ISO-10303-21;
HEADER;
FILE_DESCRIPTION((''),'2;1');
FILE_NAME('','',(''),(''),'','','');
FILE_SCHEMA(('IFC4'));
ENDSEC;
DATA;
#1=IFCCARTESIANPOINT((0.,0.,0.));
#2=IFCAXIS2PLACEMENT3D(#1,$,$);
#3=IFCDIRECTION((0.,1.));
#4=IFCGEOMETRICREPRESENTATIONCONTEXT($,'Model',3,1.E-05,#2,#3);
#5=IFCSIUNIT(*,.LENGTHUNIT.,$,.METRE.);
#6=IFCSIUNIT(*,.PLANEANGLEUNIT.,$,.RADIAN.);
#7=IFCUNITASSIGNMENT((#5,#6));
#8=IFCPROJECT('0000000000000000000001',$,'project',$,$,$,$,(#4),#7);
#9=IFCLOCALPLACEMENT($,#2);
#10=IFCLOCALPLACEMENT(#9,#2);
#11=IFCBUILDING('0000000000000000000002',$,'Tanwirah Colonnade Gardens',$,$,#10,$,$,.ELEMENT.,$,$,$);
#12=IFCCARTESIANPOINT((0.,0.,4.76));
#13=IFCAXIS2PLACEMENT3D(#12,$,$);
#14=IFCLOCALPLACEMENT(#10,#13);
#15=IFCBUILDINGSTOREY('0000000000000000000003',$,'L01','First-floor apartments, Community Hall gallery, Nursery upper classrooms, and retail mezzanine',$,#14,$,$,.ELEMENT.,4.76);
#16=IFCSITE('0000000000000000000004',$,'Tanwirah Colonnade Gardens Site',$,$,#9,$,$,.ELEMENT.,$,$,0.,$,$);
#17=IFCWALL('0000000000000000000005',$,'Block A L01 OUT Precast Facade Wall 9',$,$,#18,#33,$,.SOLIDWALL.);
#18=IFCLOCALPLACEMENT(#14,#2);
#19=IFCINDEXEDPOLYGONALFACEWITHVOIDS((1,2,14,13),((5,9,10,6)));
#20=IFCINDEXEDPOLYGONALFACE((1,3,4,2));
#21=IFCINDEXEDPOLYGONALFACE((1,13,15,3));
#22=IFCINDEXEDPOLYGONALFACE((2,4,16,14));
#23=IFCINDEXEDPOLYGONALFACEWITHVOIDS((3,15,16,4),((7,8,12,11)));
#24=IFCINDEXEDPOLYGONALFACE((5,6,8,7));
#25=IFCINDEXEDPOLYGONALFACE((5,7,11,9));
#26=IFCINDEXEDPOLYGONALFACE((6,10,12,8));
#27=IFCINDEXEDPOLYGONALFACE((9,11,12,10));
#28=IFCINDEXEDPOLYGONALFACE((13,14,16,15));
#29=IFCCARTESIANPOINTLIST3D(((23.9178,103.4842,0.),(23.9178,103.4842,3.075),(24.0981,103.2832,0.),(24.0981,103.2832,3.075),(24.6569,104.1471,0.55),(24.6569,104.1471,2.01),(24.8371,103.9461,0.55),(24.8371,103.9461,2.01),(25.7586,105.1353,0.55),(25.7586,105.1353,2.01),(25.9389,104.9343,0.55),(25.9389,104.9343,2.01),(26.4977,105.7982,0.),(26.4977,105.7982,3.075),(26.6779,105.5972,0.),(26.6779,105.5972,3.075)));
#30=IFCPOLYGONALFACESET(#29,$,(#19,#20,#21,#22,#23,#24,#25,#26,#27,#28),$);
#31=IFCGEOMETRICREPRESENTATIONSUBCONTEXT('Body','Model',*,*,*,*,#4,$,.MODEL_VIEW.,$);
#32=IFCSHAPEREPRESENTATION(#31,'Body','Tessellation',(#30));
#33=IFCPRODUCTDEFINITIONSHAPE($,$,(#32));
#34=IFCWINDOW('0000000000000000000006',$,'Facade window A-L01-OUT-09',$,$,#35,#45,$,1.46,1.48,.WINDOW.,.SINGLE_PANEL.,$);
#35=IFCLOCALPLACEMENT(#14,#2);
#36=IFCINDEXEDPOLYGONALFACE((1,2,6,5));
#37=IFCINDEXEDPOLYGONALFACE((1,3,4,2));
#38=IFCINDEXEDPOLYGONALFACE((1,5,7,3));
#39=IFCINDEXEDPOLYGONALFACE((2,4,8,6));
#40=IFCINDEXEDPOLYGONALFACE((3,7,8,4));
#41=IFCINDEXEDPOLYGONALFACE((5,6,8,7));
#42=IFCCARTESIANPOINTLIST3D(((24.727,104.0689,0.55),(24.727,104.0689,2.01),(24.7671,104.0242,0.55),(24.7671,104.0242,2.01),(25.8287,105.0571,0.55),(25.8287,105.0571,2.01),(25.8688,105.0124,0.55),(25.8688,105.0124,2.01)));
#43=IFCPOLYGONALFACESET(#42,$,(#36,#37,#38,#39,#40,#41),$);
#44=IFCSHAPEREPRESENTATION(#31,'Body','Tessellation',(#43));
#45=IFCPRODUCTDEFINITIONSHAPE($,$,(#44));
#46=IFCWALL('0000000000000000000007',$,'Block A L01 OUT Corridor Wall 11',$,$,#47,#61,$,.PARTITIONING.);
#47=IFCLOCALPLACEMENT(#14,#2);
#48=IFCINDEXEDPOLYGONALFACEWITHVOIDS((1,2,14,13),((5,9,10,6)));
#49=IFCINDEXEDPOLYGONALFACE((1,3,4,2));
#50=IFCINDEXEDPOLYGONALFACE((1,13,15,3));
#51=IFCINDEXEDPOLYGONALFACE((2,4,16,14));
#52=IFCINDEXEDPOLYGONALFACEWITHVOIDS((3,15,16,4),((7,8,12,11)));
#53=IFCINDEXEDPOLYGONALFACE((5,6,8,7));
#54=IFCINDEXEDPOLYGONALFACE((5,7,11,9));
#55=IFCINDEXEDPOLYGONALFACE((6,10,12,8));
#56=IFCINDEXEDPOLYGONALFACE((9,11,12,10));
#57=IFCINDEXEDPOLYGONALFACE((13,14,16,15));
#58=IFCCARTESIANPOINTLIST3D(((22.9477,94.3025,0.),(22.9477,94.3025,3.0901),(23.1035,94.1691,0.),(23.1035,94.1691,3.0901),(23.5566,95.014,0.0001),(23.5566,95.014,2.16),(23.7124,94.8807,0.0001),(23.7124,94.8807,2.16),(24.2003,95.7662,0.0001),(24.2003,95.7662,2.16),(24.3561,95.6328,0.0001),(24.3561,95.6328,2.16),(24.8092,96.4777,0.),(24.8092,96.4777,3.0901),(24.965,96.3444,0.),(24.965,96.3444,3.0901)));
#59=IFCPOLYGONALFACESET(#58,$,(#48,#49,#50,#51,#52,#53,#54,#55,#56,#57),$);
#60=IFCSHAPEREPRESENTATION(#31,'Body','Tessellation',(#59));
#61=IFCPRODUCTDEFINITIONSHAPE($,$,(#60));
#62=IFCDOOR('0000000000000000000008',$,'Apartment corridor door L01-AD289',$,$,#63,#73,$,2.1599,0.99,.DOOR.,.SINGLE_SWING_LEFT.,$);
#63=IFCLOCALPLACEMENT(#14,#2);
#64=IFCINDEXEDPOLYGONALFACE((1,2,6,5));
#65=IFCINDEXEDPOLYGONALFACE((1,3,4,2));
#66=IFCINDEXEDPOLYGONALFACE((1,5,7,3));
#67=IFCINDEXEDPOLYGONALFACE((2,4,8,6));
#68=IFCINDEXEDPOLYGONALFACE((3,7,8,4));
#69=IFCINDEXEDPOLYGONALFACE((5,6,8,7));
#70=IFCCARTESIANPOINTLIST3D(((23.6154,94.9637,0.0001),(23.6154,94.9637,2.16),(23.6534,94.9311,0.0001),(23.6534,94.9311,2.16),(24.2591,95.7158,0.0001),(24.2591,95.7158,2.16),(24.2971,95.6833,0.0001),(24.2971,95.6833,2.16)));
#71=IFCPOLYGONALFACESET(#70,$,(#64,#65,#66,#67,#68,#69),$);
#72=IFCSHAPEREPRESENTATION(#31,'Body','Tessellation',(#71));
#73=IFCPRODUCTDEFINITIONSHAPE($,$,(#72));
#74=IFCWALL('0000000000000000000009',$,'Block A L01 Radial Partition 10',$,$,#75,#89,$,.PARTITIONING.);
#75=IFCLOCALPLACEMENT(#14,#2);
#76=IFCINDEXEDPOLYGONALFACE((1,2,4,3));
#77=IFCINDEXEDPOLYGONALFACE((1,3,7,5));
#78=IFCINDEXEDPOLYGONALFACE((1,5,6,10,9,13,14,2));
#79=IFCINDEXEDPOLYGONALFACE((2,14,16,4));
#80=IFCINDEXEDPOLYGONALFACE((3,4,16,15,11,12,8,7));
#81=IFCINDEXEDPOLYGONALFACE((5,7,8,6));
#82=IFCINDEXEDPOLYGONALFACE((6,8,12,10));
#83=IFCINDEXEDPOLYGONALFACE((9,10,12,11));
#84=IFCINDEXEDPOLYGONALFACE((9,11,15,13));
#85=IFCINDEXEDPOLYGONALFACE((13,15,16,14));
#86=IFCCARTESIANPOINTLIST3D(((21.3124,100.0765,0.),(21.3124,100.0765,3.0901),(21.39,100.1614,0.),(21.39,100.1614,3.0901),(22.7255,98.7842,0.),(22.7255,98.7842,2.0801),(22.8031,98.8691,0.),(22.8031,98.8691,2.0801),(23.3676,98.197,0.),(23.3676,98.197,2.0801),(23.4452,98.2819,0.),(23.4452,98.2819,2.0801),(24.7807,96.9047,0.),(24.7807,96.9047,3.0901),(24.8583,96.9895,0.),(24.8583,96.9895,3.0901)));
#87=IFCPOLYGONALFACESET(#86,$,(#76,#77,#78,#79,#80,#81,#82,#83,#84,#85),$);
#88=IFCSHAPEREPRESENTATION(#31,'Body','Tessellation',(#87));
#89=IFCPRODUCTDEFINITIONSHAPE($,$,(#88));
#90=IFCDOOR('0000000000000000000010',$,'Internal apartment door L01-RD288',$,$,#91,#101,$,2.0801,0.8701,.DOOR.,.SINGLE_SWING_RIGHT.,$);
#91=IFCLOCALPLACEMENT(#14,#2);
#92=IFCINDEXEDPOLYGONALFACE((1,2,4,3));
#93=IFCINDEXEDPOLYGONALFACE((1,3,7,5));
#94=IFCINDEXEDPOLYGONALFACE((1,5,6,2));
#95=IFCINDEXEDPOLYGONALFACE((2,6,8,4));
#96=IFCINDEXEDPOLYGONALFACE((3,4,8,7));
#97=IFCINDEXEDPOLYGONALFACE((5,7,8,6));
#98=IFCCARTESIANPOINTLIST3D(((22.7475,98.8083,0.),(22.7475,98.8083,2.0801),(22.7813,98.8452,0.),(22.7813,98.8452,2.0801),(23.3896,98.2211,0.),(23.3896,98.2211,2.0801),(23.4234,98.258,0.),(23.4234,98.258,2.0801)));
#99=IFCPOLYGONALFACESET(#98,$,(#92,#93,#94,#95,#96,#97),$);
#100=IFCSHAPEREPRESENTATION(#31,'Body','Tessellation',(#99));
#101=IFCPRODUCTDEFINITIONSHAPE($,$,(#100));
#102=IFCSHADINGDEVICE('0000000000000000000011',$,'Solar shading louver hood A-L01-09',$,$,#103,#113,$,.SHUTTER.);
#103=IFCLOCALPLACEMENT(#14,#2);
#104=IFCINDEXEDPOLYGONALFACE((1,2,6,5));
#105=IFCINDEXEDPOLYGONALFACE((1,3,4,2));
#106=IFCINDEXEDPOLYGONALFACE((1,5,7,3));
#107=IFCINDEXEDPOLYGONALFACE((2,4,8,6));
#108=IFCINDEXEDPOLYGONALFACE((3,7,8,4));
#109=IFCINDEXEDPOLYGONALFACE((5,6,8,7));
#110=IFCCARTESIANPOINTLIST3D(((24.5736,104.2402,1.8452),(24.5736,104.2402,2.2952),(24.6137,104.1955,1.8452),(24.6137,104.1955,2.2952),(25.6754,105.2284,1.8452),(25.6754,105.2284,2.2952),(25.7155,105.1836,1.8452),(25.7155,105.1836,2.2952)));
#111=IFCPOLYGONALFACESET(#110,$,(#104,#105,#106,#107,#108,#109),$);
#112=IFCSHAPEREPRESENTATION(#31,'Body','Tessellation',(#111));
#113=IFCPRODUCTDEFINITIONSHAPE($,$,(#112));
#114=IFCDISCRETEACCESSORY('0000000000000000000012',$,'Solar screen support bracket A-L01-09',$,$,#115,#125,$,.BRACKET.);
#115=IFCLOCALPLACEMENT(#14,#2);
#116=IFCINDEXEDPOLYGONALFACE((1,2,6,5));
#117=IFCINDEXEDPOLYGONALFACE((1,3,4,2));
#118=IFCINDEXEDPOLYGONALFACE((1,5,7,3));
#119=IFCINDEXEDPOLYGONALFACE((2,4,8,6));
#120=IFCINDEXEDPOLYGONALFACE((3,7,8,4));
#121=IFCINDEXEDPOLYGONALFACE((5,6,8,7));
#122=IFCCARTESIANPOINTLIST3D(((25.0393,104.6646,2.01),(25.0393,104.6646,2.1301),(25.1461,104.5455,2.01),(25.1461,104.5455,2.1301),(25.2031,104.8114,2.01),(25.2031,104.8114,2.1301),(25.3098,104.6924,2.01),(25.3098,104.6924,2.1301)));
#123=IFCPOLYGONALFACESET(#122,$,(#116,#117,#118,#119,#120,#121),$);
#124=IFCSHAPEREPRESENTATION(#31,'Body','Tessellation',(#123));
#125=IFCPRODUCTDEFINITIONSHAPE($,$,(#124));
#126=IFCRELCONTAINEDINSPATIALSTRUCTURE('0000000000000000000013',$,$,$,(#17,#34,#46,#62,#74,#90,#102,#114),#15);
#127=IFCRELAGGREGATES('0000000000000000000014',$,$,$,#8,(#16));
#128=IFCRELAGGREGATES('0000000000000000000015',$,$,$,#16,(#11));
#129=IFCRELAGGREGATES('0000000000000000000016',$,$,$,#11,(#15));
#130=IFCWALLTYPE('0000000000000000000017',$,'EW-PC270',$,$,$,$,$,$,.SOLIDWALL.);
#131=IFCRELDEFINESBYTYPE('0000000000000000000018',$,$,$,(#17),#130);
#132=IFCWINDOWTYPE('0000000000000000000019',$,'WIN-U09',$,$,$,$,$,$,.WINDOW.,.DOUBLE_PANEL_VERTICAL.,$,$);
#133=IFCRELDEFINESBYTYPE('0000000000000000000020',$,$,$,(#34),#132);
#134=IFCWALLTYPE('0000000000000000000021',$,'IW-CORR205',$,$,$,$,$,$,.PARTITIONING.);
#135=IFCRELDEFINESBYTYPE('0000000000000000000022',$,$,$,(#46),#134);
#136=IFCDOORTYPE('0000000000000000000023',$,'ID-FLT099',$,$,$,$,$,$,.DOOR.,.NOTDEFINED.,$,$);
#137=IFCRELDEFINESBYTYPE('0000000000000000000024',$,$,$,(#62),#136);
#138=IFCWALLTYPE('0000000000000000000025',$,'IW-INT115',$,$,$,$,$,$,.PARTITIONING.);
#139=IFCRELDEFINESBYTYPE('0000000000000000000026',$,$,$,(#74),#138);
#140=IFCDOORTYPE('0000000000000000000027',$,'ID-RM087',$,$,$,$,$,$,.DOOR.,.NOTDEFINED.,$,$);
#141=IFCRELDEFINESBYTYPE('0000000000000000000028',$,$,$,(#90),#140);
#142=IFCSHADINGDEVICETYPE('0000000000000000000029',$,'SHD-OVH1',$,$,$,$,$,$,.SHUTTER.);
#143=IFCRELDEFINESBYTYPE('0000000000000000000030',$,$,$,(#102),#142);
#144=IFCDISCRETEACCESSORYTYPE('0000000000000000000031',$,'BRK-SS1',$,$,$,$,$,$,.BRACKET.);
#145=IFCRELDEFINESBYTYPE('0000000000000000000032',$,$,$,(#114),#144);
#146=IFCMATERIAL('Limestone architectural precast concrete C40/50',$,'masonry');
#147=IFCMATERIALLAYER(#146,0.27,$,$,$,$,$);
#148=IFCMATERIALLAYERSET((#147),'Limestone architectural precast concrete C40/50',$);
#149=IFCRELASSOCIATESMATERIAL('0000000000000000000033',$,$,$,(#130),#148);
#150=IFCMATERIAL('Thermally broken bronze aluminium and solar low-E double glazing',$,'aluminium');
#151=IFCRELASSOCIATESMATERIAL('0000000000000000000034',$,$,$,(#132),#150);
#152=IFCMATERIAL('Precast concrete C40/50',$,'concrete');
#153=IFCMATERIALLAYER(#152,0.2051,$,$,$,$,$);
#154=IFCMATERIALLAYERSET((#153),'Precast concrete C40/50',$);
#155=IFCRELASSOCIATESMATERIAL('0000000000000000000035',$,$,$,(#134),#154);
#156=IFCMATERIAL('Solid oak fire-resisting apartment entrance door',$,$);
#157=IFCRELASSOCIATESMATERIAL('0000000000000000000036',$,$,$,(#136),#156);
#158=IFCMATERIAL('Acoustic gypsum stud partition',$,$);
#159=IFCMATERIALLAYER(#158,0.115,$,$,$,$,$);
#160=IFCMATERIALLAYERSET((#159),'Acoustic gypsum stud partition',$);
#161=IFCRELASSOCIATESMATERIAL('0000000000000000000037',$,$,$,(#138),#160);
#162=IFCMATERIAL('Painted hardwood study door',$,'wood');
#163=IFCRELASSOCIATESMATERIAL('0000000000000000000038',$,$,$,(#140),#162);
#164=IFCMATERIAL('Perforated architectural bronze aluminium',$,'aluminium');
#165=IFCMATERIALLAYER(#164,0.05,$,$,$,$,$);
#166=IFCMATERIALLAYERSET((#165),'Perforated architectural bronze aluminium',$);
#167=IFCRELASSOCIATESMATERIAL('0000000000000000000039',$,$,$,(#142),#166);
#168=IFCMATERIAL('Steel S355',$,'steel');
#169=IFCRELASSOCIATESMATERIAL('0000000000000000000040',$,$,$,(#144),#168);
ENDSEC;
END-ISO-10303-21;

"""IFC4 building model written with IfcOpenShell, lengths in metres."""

from ifc_helpers import new_model, si_unit, direction, frame, frame_2d, origin, origin_2d, place, context, subcontext, project, spatial, rectangle, extrude, material, layer, layer_set, type_object, element, fill, save


model = new_model("IFC4")

# Units and contexts
model_context = context("Model", 3, precision=1e-05, world=origin(), true_north=direction((0.0, 1.0)))
body_context = subcontext(model_context, "Body", "Model", "MODEL_VIEW")
ifc_project = project(units=[si_unit("LENGTHUNIT", "METRE"), si_unit("PLANEANGLEUNIT", "RADIAN")], contexts=[model_context])

# Site, building, storey
site_placement = place(None, origin())
site = spatial("IfcSite", under=ifc_project, at=site_placement, Name="Tanwirah Colonnade Gardens Site", CompositionType="ELEMENT", RefElevation=0.0)
building_placement = place(site_placement, origin())
building = spatial("IfcBuilding", under=site, at=building_placement, Name="Tanwirah Colonnade Gardens", CompositionType="ELEMENT")
storey_placement = place(building_placement, frame((0.0, 0.0, 4.76)))
storey = spatial("IfcBuildingStorey", under=building, at=storey_placement, Name="L01", Description="First-floor apartments, Community Hall gallery, Nursery upper classrooms, and retail mezzanine", CompositionType="ELEMENT", Elevation=4.76)

# Shared definitions
ifc_material_1 = material(Name="Precast concrete C40/50", Category="concrete")

# Wall, opening, window
ifc_material_2 = material(Name="Limestone architectural precast concrete C40/50", Category="masonry")
ifc_layer_1 = layer(ifc_material_2, 0.27)
ifc_layer_set_1 = layer_set([ifc_layer_1], Name="Limestone architectural precast concrete C40/50")
wall_type_1 = type_object("IfcWallType", Name="EW-PC270", PredefinedType="SOLIDWALL", material=ifc_layer_set_1)
wall_1_placement = place(storey_placement, frame((26.5879, 105.6978, 0.0), z_axis=(0.0, 0.0, 1.0), x_axis=(-0.744425, -0.667707, 0.0)))
wall_1 = element("IfcWall", 1, at=wall_1_placement, inside=storey, type_object=wall_type_1, Name="Block A L01 OUT Precast Facade Wall 9", PredefinedType="SOLIDWALL", context=body_context, shape_type="SweptSolid", body=[
    extrude(rectangle(XDim=3.4656, YDim=0.27, at=frame_2d((1.7329, 0.0))), origin(), (0.0, 0.0, 1.0), 3.075),
])
opening_1_placement = place(wall_1_placement, frame((0.9929, 0.0, 0.55)))
opening_1 = element("IfcOpeningElement", 2, at=opening_1_placement, cuts=wall_1, PredefinedType="OPENING", context=body_context, shape_type="SweptSolid", body=[
    extrude(rectangle(XDim=1.48, YDim=1.46, at=frame_2d((0.74, 0.73))), frame((0.0, 0.145, 0.0), z_axis=(0.0, -1.0, 0.0), x_axis=(1.0, 0.0, 0.0)), (0.0, 0.0, 1.0), 0.29),
])
ifc_material_3 = material(Name="Thermally broken bronze aluminium and solar low-E double glazing", Category="aluminium")
window_type = type_object("IfcWindowType", Name="WIN-U09", PartitioningType="DOUBLE_PANEL_VERTICAL", PredefinedType="WINDOW", material=ifc_material_3)
window_placement = place(opening_1_placement, origin())
window = element("IfcWindow", 3, at=window_placement, inside=storey, type_object=window_type, Name="Facade window A-L01-OUT-09", OverallHeight=1.46, OverallWidth=1.48, PartitioningType="SINGLE_PANEL", PredefinedType="WINDOW", context=body_context, shape_type="SweptSolid", body=[
    extrude(rectangle(XDim=1.48, YDim=1.46, at=frame_2d((0.74, 0.73))), frame((0.0, 0.03, 0.0), z_axis=(0.0, -1.0, 0.0), x_axis=(1.0, 0.0, 0.0)), (0.0, 0.0, 1.0), 0.0601),
])
fill(opening_1, window)

# Walls, openings, doors
ifc_layer_2 = layer(ifc_material_1, 0.2051)
ifc_layer_set_2 = layer_set([ifc_layer_2], Name="Precast concrete C40/50")
wall_type_2 = type_object("IfcWallType", Name="IW-CORR205", PredefinedType="PARTITIONING", material=ifc_layer_set_2)
ifc_material_4 = material(Name="Solid oak fire-resisting apartment entrance door")
wall_2_placement = place(storey_placement, frame((24.8872, 96.4111, 0.0), z_axis=(0.0, 0.0, 1.0), x_axis=(-0.650194, -0.759768, 0.0)))
wall_2 = element("IfcWall", 4, at=wall_2_placement, inside=storey, type_object=wall_type_2, Name="Block A L01 OUT Corridor Wall 11", PredefinedType="PARTITIONING", context=body_context, shape_type="SweptSolid", body=[
    extrude(rectangle(XDim=2.863, YDim=0.2051, at=frame_2d((1.4316, 0.0))), origin(), (0.0, 0.0, 1.0), 3.0901),
])
opening_2_placement = place(wall_2_placement, frame((0.9365, 0.0, 0.0)))
opening_2 = element("IfcOpeningElement", 5, at=opening_2_placement, cuts=wall_2, PredefinedType="OPENING", context=body_context, shape_type="SweptSolid", body=[
    extrude(rectangle(XDim=0.99, YDim=2.1599, at=frame_2d((0.4951, 1.0801))), frame((0.0, 0.1125, 0.0), z_axis=(0.0, -1.0, 0.0), x_axis=(1.0, 0.0, 0.0)), (0.0, 0.0, 1.0), 0.2251),
])
door_type_1 = type_object("IfcDoorType", Name="ID-FLT099", OperationType="NOTDEFINED", PredefinedType="DOOR", material=ifc_material_4)
door_1_placement = place(opening_2_placement, origin())
door_1 = element("IfcDoor", 6, at=door_1_placement, inside=storey, type_object=door_type_1, Name="Apartment corridor door L01-AD289", OperationType="SINGLE_SWING_LEFT", OverallHeight=2.1599, OverallWidth=0.99, PredefinedType="DOOR", context=body_context, shape_type="SweptSolid", body=[
    extrude(rectangle(XDim=0.99, YDim=2.1599, at=frame_2d((0.4951, 1.0801))), frame((0.0, 0.0249, 0.0), z_axis=(0.0, -1.0, 0.0), x_axis=(1.0, 0.0, 0.0)), (0.0, 0.0, 1.0), 0.05),
])
fill(opening_2, door_1)
ifc_material_5 = material(Name="Acoustic gypsum stud partition")
ifc_layer_3 = layer(ifc_material_5, 0.115)
ifc_layer_set_3 = layer_set([ifc_layer_3], Name="Acoustic gypsum stud partition")
wall_type_3 = type_object("IfcWallType", Name="IW-INT115", PredefinedType="PARTITIONING", material=ifc_layer_set_3)
wall_3_placement = place(storey_placement, frame((24.8196, 96.947, 0.0), z_axis=(0.0, 0.0, 1.0), x_axis=(-0.737934, 0.674873, 0.0)))
wall_3 = element("IfcWall", 7, at=wall_3_placement, inside=storey, type_object=wall_type_3, Name="Block A L01 Radial Partition 10", PredefinedType="PARTITIONING", context=body_context, shape_type="SweptSolid", body=[
    extrude(rectangle(XDim=4.7, YDim=0.115, at=frame_2d((2.3501, 0.0))), origin(), (0.0, 0.0, 1.0), 3.0901),
])
opening_3_placement = place(wall_3_placement, frame((1.915, 0.0, 0.0)))
opening_3 = element("IfcOpeningElement", 8, at=opening_3_placement, cuts=wall_3, PredefinedType="OPENING", context=body_context, shape_type="SweptSolid", body=[
    extrude(rectangle(XDim=0.8701, YDim=2.0801, at=frame_2d((0.4351, 1.04))), frame((0.0, 0.0674, 0.0), z_axis=(0.0, -1.0, 0.0), x_axis=(1.0, 0.0, 0.0)), (0.0, 0.0, 1.0), 0.135),
])
ifc_material_6 = material(Name="Painted hardwood study door", Category="wood")
door_type_2 = type_object("IfcDoorType", Name="ID-RM087", OperationType="NOTDEFINED", PredefinedType="DOOR", material=ifc_material_6)
door_2_placement = place(opening_3_placement, origin())
door_2 = element("IfcDoor", 9, at=door_2_placement, inside=storey, type_object=door_type_2, Name="Internal apartment door L01-RD288", OperationType="SINGLE_SWING_RIGHT", OverallHeight=2.0801, OverallWidth=0.8701, PredefinedType="DOOR", context=body_context, shape_type="SweptSolid", body=[
    extrude(rectangle(XDim=0.8701, YDim=2.0801, at=frame_2d((0.4351, 1.04))), frame((0.0, 0.0249, 0.0), z_axis=(0.0, -1.0, 0.0), x_axis=(1.0, 0.0, 0.0)), (0.0, 0.0, 1.0), 0.05),
])
fill(opening_3, door_2)

# Shading device
ifc_material_7 = material(Name="Perforated architectural bronze aluminium", Category="aluminium")
ifc_layer_4 = layer(ifc_material_7, 0.05)
ifc_layer_set_4 = layer_set([ifc_layer_4], Name="Perforated architectural bronze aluminium")
shading_device_type = type_object("IfcShadingDeviceType", Name="SHD-OVH1", PredefinedType="SHUTTER", material=ifc_layer_set_4)
shading_device_placement = place(storey_placement, frame((25.1445, 104.7119, 1.8452), z_axis=(0.0, 0.0, 1.0), x_axis=(-0.744442, -0.667687, 0.0)))
element("IfcShadingDevice", 10, at=shading_device_placement, inside=storey, type_object=shading_device_type, Name="Solar shading louver hood A-L01-09", PredefinedType="SHUTTER", context=body_context, shape_type="SweptSolid", body=[
    extrude(rectangle(XDim=1.48, YDim=0.0601, at=origin_2d()), origin(), (0.0, 0.0, 1.0), 0.45),
])

# Discrete accessory
ifc_material_8 = material(Name="Steel S355", Category="steel")
discrete_accessory_type = type_object("IfcDiscreteAccessoryType", Name="BRK-SS1", PredefinedType="BRACKET", material=ifc_material_8)
discrete_accessory_placement = place(storey_placement, frame((25.1746, 104.6785, 2.01), z_axis=(0.0, 0.0, 1.0), x_axis=(-0.744442, -0.667687, 0.0)))
element("IfcDiscreteAccessory", 11, at=discrete_accessory_placement, inside=storey, type_object=discrete_accessory_type, Name="Solar screen support bracket A-L01-09", PredefinedType="BRACKET", context=body_context, shape_type="SweptSolid", body=[
    extrude(rectangle(XDim=0.22, YDim=0.1599, at=origin_2d()), origin(), (0.0, 0.0, 1.0), 0.1201),
])

save(model, "model.ifc")
